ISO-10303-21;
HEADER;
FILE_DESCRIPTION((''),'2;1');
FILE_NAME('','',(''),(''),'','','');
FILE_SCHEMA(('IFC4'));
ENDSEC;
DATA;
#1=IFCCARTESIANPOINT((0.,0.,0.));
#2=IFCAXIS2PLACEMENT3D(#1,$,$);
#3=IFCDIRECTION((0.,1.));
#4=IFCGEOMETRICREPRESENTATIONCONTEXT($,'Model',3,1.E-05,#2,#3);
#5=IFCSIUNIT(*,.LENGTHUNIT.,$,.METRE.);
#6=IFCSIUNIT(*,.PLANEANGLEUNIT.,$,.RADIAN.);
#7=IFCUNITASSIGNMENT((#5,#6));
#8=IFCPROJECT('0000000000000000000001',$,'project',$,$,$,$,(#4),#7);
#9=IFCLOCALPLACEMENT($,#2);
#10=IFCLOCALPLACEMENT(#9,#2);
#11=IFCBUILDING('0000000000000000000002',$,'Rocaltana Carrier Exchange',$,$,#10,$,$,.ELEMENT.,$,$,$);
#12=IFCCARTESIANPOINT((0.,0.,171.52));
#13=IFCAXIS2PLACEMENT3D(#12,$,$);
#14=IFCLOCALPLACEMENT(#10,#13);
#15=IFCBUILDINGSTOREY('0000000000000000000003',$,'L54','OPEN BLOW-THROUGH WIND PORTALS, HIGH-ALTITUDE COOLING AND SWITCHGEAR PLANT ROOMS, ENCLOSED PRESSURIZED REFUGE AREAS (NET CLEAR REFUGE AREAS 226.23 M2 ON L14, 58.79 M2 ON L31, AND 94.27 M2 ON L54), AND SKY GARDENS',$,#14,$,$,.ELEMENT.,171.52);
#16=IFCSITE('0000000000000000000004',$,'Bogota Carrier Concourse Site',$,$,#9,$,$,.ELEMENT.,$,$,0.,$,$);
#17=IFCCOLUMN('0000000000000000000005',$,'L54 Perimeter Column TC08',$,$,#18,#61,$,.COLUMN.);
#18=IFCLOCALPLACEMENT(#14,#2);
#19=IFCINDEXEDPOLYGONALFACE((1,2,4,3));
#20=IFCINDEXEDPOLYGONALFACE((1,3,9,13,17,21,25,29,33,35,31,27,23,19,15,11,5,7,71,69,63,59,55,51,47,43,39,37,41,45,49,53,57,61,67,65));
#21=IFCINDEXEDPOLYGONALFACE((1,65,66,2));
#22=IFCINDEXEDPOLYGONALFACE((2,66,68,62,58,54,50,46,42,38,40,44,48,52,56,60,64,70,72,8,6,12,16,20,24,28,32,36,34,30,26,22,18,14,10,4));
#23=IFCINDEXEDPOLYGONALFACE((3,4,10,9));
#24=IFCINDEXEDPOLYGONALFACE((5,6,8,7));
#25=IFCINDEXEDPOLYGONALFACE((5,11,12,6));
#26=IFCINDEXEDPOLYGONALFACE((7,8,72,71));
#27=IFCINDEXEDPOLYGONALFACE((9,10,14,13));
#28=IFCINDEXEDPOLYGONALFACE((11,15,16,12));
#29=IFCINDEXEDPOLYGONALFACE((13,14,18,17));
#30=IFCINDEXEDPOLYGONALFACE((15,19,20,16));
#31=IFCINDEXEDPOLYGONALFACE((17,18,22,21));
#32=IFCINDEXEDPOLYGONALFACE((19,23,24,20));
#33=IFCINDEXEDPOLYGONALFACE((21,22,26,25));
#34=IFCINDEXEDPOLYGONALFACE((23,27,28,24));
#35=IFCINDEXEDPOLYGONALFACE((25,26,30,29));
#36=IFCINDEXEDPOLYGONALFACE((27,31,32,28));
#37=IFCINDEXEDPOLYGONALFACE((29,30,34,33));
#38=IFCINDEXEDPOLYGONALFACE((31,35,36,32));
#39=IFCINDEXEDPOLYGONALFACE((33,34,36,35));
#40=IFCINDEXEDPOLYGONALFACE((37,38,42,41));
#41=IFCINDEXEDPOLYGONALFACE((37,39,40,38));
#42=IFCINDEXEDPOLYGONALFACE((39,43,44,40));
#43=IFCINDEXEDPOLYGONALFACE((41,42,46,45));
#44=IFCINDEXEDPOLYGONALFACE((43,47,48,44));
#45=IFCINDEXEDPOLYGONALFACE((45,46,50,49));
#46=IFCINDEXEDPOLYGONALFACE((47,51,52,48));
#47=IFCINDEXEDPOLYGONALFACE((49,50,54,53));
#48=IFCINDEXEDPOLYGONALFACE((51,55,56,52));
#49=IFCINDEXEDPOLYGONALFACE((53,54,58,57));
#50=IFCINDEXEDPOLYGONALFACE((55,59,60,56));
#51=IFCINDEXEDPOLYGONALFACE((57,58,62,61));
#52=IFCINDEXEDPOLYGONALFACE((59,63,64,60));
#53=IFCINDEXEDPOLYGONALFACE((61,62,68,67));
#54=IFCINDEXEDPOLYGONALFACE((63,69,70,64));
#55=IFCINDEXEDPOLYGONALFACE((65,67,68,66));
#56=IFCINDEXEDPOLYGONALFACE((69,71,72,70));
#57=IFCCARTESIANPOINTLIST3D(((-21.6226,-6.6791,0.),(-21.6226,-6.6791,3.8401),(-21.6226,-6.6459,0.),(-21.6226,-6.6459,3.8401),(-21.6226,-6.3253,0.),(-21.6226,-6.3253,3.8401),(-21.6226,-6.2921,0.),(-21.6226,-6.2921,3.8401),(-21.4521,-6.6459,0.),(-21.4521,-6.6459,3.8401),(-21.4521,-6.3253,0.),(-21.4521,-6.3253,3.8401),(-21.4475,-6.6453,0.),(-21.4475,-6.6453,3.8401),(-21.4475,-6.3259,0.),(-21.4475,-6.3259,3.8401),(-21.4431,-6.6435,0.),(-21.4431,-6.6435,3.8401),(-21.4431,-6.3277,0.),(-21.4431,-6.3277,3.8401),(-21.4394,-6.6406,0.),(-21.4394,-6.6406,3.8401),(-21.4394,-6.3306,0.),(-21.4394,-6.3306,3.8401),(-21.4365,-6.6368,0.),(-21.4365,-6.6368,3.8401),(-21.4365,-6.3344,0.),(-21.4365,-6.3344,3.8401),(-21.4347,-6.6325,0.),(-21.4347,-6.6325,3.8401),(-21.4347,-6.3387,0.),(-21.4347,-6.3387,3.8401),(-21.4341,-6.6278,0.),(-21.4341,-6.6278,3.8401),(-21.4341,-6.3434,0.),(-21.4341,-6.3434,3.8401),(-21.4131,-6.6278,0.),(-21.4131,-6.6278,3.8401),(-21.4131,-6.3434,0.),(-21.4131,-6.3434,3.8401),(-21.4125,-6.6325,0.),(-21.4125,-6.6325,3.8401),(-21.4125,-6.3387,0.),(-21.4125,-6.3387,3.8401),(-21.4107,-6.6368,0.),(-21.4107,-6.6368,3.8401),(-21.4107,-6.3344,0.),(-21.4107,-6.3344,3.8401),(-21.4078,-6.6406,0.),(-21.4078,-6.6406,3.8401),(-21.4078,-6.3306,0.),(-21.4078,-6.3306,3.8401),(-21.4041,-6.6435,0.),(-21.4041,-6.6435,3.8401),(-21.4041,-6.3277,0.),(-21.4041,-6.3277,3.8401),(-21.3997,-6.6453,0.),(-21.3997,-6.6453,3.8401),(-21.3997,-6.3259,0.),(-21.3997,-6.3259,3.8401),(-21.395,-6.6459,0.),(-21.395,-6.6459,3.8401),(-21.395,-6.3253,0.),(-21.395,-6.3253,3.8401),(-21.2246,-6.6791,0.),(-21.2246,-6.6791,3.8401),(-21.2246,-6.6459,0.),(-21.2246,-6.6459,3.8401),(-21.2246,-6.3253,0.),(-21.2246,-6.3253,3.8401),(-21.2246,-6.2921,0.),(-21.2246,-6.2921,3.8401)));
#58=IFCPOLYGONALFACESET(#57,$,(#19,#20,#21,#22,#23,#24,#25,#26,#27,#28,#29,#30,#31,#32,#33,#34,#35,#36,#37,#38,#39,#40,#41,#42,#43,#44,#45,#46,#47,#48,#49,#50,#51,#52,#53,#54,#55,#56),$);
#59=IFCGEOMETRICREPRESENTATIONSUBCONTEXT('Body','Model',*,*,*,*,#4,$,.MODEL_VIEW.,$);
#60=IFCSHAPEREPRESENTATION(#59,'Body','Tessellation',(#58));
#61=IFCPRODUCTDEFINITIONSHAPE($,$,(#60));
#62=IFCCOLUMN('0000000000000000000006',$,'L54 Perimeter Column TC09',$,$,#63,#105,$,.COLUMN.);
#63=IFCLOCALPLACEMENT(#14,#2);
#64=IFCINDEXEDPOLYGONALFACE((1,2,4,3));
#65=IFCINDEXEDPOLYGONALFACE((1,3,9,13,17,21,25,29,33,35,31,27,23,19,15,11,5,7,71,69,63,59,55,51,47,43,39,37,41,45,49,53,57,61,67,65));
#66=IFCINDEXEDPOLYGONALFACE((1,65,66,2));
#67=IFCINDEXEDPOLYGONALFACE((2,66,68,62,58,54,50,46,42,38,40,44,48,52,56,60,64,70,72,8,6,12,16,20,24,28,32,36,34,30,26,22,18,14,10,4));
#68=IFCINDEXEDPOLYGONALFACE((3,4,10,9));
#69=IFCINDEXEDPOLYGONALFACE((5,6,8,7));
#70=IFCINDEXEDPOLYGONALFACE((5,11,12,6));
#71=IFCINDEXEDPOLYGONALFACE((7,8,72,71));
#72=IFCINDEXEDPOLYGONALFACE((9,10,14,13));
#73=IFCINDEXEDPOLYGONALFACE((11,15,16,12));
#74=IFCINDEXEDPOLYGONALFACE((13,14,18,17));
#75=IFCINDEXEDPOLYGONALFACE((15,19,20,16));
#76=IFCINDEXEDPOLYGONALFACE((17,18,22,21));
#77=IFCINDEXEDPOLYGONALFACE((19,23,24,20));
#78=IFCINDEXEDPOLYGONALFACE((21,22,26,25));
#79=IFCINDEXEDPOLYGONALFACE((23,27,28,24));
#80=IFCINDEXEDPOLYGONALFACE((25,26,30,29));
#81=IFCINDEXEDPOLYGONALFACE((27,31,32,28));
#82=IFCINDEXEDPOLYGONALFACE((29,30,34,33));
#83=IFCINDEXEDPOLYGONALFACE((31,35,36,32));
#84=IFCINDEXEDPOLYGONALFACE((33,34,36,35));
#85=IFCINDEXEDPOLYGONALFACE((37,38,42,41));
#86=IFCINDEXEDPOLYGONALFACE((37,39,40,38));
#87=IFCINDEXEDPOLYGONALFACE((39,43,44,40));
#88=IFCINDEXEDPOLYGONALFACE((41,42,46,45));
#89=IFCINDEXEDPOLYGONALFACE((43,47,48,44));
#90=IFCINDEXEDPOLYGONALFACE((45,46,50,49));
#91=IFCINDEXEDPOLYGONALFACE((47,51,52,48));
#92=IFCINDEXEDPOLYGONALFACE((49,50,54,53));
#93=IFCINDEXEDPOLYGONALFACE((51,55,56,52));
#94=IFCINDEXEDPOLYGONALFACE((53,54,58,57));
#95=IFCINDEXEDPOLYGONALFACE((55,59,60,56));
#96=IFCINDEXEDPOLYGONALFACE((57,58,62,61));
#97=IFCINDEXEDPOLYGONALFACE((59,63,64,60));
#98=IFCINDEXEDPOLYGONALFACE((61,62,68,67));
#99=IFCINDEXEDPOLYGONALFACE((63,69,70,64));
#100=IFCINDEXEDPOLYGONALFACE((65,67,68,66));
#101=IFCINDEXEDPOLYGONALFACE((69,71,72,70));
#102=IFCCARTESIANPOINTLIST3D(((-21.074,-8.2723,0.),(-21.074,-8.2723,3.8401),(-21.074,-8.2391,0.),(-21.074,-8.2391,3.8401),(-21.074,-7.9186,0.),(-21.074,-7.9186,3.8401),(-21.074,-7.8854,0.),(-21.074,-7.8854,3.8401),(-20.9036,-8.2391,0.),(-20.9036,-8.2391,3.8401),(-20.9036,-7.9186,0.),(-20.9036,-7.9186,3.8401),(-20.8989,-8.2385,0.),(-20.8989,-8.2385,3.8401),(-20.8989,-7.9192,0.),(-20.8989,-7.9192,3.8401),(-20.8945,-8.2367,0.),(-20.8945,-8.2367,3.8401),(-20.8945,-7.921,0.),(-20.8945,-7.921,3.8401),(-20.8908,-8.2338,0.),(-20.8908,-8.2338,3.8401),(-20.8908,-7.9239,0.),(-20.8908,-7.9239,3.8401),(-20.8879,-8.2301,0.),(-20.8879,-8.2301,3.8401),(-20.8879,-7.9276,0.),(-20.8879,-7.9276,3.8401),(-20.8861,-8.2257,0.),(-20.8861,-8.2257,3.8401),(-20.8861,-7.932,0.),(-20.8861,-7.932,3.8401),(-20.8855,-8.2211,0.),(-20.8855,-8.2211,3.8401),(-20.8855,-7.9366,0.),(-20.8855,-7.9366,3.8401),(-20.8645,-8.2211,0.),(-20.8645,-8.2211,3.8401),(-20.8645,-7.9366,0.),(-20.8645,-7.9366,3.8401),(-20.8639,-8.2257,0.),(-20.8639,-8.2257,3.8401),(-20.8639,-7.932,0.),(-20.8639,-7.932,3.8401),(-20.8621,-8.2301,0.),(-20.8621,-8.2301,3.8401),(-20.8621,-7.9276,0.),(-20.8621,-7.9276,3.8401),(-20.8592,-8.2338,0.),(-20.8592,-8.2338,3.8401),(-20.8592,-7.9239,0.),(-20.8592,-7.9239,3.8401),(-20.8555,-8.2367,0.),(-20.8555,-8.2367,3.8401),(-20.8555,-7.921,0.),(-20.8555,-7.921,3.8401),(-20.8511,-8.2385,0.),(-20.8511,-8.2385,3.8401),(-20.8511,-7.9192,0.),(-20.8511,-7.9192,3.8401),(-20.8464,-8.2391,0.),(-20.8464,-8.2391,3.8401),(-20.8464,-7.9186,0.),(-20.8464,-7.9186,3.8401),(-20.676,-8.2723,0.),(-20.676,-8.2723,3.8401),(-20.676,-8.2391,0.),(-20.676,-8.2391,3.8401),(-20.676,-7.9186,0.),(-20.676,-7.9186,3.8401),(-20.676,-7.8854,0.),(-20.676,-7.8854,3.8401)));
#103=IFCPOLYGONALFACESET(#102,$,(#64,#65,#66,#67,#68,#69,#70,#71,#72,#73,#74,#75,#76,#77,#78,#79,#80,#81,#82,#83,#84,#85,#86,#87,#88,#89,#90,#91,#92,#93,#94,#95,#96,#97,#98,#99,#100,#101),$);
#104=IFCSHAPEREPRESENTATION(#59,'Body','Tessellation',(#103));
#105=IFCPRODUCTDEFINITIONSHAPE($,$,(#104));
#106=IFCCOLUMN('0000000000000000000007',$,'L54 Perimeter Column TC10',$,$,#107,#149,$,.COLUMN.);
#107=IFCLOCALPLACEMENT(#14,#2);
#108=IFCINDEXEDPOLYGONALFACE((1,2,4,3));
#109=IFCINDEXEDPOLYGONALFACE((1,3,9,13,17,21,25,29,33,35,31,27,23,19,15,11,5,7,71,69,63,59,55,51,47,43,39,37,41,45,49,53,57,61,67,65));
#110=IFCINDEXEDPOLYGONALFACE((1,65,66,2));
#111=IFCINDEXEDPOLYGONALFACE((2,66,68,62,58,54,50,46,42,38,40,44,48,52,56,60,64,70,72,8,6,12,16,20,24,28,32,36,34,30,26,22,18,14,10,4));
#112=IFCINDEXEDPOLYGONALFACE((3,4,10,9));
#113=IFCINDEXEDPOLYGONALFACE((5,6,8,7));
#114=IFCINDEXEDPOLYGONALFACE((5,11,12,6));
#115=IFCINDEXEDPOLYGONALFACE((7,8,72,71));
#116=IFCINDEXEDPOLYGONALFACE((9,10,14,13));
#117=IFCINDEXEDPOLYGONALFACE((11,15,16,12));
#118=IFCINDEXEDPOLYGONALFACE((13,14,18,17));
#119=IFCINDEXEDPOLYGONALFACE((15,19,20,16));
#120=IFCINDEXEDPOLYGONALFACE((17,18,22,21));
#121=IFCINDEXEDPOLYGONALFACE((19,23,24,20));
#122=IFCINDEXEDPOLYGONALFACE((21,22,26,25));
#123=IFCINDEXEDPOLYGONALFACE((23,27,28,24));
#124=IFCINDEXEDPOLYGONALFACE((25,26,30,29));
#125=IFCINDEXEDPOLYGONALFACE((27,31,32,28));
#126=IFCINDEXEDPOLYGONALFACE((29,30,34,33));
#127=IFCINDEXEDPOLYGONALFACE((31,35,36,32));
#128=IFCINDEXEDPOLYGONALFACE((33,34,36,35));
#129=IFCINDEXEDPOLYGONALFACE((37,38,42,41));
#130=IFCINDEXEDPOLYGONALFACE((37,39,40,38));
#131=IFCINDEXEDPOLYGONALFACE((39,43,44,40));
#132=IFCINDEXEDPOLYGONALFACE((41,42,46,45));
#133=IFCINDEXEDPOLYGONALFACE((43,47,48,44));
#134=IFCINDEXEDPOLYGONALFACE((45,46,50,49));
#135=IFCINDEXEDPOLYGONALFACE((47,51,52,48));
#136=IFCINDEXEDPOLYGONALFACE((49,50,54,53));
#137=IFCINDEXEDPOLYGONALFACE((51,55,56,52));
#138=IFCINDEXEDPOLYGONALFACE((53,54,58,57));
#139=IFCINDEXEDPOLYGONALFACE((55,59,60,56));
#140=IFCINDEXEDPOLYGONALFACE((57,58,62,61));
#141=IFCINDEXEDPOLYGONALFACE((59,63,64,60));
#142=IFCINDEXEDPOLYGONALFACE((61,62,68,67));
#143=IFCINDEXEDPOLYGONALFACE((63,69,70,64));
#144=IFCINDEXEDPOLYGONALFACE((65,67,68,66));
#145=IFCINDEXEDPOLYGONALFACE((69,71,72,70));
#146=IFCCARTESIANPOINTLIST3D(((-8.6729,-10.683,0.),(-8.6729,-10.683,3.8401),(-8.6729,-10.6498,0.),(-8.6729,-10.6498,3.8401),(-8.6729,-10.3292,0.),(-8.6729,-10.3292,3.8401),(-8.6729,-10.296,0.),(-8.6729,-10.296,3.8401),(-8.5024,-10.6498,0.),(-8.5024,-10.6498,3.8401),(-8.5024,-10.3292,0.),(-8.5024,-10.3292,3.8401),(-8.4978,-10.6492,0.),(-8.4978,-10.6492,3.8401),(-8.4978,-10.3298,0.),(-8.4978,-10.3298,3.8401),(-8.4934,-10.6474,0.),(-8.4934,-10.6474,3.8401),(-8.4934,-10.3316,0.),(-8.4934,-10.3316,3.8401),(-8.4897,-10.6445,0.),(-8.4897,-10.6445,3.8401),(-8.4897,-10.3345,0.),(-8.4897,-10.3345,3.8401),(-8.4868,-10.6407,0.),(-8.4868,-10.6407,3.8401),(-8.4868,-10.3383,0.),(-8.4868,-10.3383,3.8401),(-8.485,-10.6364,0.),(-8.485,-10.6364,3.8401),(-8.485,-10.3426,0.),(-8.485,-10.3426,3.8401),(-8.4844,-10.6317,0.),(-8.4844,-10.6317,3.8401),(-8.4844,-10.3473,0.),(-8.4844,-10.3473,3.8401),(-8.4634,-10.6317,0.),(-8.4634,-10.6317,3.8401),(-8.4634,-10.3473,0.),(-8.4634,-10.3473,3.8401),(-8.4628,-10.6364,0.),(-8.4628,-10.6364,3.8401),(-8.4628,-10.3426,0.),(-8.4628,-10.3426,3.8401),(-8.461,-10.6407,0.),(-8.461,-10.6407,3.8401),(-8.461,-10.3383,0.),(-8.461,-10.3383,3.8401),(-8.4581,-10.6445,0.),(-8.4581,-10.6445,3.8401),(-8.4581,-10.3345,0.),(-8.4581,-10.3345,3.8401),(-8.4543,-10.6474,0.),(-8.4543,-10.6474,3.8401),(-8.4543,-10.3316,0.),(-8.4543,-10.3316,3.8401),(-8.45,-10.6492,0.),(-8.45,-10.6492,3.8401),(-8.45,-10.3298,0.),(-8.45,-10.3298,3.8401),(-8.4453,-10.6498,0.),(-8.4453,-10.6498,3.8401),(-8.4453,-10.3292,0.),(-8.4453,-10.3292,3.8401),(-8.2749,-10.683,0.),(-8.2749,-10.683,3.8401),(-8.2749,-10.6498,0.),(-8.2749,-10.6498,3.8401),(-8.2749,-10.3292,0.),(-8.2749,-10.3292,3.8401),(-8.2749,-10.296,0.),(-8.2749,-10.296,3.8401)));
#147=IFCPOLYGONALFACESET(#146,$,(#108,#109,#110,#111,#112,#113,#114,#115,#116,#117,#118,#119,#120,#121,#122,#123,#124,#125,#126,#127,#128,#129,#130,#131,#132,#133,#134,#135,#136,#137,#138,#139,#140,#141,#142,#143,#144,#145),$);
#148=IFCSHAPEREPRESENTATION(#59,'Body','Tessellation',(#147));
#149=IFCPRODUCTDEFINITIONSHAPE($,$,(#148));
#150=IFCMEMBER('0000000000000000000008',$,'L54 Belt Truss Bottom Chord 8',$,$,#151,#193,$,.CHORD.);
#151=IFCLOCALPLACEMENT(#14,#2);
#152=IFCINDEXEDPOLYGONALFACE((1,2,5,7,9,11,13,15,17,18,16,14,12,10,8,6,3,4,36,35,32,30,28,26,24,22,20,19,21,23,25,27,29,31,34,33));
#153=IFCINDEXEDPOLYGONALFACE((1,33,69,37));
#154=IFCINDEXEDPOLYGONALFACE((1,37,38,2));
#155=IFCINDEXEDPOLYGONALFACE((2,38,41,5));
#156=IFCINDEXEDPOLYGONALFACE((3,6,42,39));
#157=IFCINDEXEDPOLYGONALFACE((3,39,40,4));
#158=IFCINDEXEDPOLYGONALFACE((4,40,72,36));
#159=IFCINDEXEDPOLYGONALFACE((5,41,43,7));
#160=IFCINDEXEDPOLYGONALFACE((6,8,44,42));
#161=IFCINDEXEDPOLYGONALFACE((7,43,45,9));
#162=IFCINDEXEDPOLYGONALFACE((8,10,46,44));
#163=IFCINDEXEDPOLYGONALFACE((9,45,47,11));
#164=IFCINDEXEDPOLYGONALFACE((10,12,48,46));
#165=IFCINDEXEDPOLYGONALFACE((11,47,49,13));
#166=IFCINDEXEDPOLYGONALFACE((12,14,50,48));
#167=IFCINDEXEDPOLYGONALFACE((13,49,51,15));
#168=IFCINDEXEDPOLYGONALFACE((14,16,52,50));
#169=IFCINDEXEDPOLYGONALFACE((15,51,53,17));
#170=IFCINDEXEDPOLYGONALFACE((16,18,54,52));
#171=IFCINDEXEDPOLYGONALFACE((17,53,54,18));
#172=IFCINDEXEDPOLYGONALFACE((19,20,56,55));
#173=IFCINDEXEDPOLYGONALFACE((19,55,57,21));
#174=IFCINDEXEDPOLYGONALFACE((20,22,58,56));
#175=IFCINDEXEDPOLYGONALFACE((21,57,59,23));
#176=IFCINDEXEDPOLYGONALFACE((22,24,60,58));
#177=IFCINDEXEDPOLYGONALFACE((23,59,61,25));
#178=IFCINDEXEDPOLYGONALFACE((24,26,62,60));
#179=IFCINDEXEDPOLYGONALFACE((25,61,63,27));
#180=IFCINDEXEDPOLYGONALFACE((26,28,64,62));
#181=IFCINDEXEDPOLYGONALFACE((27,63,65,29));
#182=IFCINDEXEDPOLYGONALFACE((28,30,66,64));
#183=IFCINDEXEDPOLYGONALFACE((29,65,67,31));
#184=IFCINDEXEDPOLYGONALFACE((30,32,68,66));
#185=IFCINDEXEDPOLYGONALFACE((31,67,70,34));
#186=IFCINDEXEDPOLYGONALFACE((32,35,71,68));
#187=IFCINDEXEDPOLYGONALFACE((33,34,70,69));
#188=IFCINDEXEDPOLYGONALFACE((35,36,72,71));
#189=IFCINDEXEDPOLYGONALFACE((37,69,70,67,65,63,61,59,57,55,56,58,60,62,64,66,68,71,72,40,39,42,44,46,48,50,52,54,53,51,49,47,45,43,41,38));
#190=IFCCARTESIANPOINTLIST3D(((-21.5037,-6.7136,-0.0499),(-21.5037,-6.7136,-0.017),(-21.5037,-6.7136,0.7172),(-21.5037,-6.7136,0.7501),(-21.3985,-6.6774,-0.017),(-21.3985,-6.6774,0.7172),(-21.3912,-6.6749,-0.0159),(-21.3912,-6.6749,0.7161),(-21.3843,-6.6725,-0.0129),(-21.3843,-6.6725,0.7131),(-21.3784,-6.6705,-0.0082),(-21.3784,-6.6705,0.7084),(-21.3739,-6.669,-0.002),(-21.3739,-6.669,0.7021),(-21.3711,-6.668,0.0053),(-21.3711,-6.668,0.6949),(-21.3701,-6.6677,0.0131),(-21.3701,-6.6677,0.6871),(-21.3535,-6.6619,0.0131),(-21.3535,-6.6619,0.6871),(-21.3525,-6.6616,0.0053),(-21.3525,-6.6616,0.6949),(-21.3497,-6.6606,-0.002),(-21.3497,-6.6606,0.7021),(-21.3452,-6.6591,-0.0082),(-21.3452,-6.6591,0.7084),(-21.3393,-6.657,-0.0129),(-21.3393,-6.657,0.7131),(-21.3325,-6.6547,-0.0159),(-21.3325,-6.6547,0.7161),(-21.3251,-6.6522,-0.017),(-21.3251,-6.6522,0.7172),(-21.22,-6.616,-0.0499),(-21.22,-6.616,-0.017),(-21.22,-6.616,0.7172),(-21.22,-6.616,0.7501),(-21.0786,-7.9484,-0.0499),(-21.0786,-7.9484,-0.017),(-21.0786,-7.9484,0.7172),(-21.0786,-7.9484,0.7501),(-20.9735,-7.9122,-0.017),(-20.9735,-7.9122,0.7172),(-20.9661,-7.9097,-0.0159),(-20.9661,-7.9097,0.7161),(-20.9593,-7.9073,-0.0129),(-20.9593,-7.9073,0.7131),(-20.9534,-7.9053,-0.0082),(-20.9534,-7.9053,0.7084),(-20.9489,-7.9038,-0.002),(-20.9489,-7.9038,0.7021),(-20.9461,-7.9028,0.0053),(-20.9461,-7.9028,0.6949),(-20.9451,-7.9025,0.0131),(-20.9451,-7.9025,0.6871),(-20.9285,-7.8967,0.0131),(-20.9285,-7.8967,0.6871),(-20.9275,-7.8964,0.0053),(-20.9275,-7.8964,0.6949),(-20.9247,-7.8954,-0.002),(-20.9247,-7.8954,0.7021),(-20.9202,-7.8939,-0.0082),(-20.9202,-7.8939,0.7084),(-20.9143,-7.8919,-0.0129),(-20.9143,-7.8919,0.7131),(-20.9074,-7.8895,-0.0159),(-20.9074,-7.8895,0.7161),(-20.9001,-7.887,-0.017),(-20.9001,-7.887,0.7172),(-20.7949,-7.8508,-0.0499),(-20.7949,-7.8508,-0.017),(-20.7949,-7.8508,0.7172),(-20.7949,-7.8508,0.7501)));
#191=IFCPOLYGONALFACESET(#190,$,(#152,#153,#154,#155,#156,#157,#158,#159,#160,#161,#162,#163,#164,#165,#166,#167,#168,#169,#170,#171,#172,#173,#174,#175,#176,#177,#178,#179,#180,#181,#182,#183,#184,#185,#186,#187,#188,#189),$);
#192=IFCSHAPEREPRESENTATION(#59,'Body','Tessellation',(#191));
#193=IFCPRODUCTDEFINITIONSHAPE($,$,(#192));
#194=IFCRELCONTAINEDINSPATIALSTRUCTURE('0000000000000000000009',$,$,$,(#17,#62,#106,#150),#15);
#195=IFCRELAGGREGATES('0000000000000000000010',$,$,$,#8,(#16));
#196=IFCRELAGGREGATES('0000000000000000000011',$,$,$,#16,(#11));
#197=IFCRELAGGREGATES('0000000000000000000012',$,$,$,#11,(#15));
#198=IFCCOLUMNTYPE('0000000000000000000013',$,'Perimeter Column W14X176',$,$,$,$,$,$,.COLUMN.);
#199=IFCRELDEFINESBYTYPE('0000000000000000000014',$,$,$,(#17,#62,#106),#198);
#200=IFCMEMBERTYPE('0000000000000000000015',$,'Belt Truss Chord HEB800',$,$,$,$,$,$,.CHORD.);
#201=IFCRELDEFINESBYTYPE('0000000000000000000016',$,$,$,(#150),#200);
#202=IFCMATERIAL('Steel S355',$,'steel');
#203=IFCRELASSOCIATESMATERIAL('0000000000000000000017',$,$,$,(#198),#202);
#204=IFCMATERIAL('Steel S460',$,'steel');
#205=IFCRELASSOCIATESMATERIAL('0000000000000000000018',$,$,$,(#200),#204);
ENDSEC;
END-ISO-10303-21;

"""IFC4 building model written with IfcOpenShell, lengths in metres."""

from ifc_helpers import new_model, si_unit, direction, frame, origin, origin_2d, place, context, subcontext, project, spatial, i_section, extrude, material, material_profile, profile_set, type_object, element, save


model = new_model("IFC4")

# Units and contexts
model_context = context("Model", 3, precision=1e-05, world=origin(), true_north=direction((0.0, 1.0)))
body_context = subcontext(model_context, "Body", "Model", "MODEL_VIEW")
ifc_project = project(units=[si_unit("LENGTHUNIT", "METRE"), si_unit("PLANEANGLEUNIT", "RADIAN")], contexts=[model_context])

# Site, building, storey
site_placement = place(None, origin())
site = spatial("IfcSite", under=ifc_project, at=site_placement, Name="Bogota Carrier Concourse Site", CompositionType="ELEMENT", RefElevation=0.0)
building_placement = place(site_placement, origin())
building = spatial("IfcBuilding", under=site, at=building_placement, Name="Rocaltana Carrier Exchange", CompositionType="ELEMENT")
storey_placement = place(building_placement, frame((0.0, 0.0, 171.52)))
storey = spatial("IfcBuildingStorey", under=building, at=storey_placement, Name="L54", Description="OPEN BLOW-THROUGH WIND PORTALS, HIGH-ALTITUDE COOLING AND SWITCHGEAR PLANT ROOMS, ENCLOSED PRESSURIZED REFUGE AREAS (NET CLEAR REFUGE AREAS 226.23 M2 ON L14, 58.79 M2 ON L31, AND 94.27 M2 ON L54), AND SKY GARDENS", CompositionType="ELEMENT", Elevation=171.52)

# Columns
ifc_material_1 = material(Name="Steel S355", Category="steel")
ifc_material_profile_1 = material_profile(ifc_material_1, i_section(OverallWidth=0.3979, OverallDepth=0.387, WebThickness=0.021, FlangeThickness=0.0332, FilletRadius=0.0181, at=origin_2d()), Name="W14X176")
ifc_profile_set_1 = profile_set([ifc_material_profile_1], Name="Steel S355")
column_type = type_object("IfcColumnType", Name="Perimeter Column W14X176", PredefinedType="COLUMN", material=ifc_profile_set_1)
for number, where, z_axis, x_axis, name in (
    (1, (-21.4236, -6.4856, 0.0), (0.0, 0.0, 1.0), (1.0, 0.0, 0.0), "L54 Perimeter Column TC08"),
    (2, (-20.875, -8.0789, 0.0), (0.0, 0.0, 1.0), (1.0, 0.0, 0.0), "L54 Perimeter Column TC09"),
    (3, (-8.4739, -10.4895, 0.0), (0.0, 0.0, 1.0), (1.0, 0.0, 0.0), "L54 Perimeter Column TC10"),
):
    element("IfcColumn", number, at=place(storey_placement, frame(where, z_axis=z_axis, x_axis=x_axis)), inside=storey, type_object=column_type, Name=name, PredefinedType="COLUMN", context=body_context, shape_type="SweptSolid", body=[
        extrude(i_section(OverallWidth=0.3979, OverallDepth=0.387, WebThickness=0.021, FlangeThickness=0.0332, FilletRadius=0.0181, at=origin_2d()), origin(), (0.0, 0.0, 1.0), 3.8401),
    ])

# Member
ifc_material_2 = material(Name="Steel S460", Category="steel")
ifc_material_profile_2 = material_profile(ifc_material_2, i_section(OverallWidth=0.3, OverallDepth=0.8, WebThickness=0.0176, FlangeThickness=0.033, FilletRadius=0.03, at=origin_2d()), Name="HEB800")
ifc_profile_set_2 = profile_set([ifc_material_profile_2], Name="Steel S460")
member_type_1 = type_object("IfcMemberType", Name="Belt Truss Chord HEB800", PredefinedType="CHORD", material=ifc_profile_set_2)
member_1_placement = place(storey_placement, frame((-21.3618, -6.6648, 0.3501), z_axis=(0.325466, -0.945554, 0.0), x_axis=(0.945554, 0.325466, 0.0)))
element("IfcMember", 4, at=member_1_placement, inside=storey, type_object=member_type_1, Name="L54 Belt Truss Bottom Chord 8", PredefinedType="CHORD", context=body_context, shape_type="SweptSolid", body=[
    extrude(i_section(OverallWidth=0.3, OverallDepth=0.8, WebThickness=0.0176, FlangeThickness=0.033, FilletRadius=0.03, at=origin_2d()), origin(), (0.0, 0.0, 1.0), 1.3059),
])

save(model, "model.ifc")
